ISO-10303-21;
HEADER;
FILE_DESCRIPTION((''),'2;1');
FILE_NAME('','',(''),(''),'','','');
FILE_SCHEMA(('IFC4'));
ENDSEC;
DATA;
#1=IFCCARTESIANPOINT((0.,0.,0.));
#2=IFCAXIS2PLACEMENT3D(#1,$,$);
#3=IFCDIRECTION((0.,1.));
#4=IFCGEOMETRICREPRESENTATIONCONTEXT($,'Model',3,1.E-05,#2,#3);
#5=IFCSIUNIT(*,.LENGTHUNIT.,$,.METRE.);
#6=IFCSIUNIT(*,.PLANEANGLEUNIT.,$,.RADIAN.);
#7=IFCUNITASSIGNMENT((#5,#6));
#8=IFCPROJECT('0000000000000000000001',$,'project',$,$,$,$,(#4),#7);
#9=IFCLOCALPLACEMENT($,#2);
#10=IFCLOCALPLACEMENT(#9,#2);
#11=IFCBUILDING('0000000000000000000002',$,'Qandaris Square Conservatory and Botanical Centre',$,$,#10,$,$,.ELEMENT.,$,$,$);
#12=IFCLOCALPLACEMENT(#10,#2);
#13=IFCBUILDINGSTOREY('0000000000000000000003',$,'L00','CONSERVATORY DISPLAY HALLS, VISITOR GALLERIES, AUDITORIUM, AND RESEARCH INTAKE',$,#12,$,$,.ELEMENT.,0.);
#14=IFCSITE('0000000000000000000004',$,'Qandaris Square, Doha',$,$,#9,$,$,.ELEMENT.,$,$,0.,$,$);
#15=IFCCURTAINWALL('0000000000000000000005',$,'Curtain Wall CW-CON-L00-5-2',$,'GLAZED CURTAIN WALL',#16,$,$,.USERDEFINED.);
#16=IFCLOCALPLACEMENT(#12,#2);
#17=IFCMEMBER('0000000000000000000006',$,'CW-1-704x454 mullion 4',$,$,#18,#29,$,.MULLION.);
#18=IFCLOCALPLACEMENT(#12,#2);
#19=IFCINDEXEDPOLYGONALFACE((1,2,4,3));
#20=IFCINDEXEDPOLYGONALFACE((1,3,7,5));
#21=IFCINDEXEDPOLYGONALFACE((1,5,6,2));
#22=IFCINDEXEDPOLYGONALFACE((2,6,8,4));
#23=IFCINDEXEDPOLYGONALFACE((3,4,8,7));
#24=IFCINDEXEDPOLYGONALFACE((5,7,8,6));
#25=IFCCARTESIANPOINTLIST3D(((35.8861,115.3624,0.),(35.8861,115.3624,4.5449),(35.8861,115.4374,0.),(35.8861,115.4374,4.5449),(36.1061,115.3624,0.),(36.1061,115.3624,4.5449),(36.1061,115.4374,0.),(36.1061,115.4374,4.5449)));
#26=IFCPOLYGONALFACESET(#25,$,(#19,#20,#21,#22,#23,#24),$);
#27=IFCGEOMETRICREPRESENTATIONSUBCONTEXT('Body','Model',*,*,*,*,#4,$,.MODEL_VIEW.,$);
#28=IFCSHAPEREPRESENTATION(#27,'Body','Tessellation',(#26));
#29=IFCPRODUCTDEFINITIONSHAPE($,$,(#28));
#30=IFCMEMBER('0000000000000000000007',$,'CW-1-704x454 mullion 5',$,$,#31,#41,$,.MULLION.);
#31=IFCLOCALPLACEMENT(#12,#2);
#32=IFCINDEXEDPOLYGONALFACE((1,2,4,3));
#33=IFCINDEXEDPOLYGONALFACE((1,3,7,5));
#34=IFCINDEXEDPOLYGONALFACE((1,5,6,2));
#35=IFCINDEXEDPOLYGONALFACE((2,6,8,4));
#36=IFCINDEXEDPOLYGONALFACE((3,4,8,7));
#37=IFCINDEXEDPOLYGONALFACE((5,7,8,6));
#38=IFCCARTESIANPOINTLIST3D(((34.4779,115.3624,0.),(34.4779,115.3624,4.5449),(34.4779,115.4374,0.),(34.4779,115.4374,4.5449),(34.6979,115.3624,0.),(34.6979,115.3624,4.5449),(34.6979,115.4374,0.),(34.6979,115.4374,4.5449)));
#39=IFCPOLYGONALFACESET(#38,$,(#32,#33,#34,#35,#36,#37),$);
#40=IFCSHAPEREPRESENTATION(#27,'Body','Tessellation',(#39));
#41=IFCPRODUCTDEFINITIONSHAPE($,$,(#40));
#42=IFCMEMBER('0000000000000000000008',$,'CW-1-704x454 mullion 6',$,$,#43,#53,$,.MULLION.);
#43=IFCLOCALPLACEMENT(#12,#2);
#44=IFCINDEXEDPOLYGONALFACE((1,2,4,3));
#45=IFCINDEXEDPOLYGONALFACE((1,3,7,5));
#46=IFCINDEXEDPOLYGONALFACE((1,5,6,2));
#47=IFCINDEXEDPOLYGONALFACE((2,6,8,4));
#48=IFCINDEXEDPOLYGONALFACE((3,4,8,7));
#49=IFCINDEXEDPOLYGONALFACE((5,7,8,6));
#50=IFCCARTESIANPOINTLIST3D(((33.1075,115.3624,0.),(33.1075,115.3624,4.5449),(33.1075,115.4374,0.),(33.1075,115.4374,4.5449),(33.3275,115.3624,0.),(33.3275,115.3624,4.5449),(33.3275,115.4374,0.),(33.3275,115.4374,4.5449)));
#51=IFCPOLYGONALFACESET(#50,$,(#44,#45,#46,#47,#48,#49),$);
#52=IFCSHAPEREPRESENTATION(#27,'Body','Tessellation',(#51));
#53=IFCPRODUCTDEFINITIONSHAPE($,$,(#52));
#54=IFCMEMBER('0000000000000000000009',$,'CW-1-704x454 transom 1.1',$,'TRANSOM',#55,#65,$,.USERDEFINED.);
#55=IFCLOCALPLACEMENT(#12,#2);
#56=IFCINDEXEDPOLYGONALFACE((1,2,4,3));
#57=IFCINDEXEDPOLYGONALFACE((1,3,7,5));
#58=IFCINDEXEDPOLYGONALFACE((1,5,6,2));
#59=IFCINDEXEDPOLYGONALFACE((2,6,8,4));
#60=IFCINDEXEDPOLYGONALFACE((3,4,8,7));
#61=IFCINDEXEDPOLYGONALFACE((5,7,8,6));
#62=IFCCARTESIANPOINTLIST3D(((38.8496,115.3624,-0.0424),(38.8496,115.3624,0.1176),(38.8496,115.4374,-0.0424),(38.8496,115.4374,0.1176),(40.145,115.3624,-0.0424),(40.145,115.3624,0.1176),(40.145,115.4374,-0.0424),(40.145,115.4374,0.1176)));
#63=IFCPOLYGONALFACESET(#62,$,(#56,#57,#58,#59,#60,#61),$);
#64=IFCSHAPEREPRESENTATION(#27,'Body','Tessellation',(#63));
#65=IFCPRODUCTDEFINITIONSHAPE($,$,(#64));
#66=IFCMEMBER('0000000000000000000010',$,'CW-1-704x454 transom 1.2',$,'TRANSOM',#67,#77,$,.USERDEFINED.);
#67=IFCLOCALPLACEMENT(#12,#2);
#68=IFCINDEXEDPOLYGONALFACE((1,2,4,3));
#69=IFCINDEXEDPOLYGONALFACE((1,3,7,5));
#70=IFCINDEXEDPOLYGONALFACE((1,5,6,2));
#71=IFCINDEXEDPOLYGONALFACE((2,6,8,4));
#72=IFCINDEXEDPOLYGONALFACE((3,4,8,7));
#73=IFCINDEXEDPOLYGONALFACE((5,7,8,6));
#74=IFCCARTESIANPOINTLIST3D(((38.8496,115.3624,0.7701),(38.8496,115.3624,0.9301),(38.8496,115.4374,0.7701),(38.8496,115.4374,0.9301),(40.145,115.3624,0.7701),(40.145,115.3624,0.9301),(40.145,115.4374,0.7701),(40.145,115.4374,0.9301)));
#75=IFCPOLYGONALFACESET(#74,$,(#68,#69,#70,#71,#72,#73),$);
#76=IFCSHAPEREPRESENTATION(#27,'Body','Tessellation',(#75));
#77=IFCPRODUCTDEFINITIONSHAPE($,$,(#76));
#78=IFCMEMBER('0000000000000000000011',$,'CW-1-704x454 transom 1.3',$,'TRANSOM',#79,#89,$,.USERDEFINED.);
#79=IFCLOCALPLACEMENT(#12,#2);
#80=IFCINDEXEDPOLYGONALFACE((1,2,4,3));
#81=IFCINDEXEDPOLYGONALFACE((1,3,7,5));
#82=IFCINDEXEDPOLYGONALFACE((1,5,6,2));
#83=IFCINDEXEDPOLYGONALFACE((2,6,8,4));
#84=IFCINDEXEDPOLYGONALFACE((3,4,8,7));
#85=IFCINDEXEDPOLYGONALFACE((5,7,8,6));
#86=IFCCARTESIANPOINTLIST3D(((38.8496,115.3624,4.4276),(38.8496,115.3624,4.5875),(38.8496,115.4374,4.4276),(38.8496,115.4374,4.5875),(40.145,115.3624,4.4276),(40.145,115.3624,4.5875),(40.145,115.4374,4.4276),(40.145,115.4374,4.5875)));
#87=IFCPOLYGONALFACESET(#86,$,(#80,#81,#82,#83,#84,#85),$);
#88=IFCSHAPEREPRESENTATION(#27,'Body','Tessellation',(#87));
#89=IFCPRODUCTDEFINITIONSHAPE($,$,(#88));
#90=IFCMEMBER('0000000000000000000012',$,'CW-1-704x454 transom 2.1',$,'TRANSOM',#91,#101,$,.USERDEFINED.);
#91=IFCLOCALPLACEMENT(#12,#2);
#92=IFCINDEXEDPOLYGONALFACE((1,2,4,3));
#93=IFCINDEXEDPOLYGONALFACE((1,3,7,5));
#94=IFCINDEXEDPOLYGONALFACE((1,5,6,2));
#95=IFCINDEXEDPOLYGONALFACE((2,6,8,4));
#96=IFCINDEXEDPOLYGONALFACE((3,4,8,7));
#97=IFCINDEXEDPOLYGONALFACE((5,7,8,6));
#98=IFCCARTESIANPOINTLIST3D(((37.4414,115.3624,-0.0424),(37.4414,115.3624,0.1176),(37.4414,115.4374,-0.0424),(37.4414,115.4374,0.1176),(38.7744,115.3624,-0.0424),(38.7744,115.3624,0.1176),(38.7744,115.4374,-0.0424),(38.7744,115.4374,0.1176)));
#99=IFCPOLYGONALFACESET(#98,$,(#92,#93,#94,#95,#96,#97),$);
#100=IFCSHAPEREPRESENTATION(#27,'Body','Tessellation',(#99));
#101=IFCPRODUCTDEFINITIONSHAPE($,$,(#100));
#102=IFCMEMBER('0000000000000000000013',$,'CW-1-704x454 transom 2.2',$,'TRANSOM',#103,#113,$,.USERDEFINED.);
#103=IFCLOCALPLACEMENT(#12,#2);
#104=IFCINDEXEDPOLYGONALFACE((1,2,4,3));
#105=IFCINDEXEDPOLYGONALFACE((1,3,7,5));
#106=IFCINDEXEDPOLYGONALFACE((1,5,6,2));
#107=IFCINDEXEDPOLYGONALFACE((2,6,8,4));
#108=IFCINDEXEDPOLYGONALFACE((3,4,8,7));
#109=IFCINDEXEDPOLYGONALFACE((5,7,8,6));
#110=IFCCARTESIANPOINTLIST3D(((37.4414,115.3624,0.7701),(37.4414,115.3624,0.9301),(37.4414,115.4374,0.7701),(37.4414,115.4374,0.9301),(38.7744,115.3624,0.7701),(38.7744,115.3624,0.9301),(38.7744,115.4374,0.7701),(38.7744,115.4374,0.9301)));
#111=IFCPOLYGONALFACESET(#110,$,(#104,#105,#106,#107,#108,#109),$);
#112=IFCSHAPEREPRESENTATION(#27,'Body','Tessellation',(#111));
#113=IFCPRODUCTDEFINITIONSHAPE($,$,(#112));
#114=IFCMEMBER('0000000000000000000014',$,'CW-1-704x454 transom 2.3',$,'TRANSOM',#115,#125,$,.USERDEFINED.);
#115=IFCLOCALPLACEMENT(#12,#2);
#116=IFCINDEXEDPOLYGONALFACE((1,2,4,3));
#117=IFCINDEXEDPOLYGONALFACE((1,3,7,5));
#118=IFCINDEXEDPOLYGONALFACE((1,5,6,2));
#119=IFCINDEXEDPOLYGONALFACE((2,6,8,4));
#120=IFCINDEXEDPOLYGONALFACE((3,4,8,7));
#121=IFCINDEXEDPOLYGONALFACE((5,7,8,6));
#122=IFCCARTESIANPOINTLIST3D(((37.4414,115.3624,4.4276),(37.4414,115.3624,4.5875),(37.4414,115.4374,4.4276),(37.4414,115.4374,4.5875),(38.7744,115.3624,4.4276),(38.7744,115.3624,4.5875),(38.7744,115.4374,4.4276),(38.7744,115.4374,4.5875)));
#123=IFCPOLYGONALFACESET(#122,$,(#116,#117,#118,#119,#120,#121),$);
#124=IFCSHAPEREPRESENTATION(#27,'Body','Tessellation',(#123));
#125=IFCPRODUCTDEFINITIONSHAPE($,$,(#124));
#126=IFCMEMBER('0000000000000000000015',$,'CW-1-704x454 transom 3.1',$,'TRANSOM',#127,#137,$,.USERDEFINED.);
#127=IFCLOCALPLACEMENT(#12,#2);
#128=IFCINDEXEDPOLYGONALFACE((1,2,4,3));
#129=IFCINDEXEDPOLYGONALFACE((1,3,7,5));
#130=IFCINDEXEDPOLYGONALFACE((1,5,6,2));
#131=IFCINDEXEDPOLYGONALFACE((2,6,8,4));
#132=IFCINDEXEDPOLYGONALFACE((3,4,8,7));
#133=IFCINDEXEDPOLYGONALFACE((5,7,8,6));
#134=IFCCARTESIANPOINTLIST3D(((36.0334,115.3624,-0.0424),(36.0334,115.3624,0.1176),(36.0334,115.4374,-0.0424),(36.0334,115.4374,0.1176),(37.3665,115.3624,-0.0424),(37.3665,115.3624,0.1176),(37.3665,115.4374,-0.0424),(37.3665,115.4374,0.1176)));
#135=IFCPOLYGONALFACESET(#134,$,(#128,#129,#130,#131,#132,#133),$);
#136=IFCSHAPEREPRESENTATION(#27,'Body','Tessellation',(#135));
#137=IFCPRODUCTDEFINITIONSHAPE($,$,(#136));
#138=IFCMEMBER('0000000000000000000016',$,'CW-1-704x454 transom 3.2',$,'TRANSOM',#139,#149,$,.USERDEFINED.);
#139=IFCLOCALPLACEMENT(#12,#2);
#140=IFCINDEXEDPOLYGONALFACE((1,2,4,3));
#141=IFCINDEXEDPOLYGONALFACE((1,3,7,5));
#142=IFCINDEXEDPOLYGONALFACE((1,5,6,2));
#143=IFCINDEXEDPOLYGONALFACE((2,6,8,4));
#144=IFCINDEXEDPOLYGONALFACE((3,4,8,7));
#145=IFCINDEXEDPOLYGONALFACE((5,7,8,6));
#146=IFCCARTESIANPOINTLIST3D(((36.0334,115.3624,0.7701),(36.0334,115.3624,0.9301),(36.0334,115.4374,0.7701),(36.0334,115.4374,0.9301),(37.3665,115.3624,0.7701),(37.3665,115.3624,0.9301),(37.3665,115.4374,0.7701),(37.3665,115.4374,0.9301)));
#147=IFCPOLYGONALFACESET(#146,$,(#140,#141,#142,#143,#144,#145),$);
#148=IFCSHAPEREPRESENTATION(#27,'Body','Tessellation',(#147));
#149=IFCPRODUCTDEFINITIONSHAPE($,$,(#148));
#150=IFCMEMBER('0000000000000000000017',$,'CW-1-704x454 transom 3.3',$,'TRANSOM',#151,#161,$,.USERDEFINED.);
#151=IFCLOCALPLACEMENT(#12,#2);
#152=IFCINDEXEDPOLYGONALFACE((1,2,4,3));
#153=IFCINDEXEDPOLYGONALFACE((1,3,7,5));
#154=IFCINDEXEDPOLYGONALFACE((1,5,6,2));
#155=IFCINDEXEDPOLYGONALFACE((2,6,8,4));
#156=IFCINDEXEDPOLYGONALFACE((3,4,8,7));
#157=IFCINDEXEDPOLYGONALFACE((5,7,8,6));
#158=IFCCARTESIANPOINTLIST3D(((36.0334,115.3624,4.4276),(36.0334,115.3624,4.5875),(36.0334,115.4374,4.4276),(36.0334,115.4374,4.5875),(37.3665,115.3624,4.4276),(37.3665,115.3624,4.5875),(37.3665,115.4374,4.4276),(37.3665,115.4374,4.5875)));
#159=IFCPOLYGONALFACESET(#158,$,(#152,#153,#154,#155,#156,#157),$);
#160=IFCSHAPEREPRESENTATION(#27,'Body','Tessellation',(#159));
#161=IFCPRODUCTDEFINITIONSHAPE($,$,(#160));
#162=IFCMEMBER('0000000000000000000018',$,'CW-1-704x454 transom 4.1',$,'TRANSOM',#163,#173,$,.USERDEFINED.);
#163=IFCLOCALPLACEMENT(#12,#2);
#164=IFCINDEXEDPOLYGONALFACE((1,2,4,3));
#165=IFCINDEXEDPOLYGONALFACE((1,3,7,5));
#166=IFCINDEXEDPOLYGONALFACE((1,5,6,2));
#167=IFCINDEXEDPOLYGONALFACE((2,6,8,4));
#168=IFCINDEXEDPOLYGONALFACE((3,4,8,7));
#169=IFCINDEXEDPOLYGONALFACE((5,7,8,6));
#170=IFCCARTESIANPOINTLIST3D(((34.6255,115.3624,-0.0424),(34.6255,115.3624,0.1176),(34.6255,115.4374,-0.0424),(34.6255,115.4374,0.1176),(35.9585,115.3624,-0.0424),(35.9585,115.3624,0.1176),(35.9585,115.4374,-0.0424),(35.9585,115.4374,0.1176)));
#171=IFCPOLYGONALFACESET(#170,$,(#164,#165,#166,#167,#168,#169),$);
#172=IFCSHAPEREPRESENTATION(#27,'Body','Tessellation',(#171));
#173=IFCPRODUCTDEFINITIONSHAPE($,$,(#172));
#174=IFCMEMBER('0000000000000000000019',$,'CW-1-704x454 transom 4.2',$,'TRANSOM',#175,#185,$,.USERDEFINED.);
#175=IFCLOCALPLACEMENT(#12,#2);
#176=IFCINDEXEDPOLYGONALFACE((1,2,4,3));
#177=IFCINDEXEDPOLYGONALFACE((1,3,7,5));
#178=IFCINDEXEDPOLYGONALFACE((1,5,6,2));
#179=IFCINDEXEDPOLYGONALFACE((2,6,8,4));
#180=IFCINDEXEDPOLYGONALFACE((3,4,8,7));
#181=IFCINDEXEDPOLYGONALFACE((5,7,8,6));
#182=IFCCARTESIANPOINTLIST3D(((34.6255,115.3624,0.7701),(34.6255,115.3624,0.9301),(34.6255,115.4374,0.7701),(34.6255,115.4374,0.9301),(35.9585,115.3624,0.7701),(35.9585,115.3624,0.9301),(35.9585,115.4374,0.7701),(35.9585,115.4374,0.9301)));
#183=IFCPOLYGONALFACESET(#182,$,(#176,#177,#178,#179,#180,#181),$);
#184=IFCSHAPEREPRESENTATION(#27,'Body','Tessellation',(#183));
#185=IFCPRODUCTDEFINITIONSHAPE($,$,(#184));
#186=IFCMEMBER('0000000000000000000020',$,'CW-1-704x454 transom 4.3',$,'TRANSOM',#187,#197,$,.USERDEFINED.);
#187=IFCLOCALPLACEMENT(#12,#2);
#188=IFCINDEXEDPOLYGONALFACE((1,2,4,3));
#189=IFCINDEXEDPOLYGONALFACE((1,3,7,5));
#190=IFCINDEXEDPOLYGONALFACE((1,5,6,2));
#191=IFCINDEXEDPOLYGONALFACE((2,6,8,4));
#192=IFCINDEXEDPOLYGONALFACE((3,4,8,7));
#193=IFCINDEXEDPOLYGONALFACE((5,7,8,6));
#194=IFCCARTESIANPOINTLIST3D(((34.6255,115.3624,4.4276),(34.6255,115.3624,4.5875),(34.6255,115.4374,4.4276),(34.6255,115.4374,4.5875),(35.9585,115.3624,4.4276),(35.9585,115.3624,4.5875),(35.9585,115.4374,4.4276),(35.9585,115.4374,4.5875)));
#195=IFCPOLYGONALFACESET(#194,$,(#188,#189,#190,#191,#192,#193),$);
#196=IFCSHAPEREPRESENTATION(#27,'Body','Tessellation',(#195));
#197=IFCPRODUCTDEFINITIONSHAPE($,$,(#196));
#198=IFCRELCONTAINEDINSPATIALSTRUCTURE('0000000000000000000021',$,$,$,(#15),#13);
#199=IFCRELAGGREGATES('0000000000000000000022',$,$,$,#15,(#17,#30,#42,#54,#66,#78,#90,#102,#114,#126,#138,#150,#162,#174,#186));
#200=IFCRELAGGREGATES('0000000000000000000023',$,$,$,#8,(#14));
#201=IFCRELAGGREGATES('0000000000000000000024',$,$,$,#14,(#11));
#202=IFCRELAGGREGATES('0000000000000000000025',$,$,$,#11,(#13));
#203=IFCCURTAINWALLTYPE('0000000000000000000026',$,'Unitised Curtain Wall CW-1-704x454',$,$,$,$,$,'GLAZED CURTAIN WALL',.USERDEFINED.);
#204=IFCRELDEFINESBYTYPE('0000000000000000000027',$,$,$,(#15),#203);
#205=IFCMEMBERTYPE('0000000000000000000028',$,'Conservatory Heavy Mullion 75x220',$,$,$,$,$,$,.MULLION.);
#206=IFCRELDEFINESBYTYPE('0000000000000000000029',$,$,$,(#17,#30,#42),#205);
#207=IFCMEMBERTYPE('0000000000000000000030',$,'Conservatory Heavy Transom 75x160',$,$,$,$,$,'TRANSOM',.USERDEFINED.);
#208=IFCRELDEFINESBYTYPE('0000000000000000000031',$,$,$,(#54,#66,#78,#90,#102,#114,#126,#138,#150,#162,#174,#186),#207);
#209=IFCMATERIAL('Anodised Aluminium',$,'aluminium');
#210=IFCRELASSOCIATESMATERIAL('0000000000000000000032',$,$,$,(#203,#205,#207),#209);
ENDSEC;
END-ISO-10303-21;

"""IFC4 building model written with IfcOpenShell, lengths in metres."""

from ifc_helpers import new_model, si_unit, direction, frame, origin, origin_2d, place, context, subcontext, project, spatial, rectangle, extrude, material, material_profile, profile_set, type_object, element, aggregate, save


model = new_model("IFC4")

# Units and contexts
model_context = context("Model", 3, precision=1e-05, world=origin(), true_north=direction((0.0, 1.0)))
body_context = subcontext(model_context, "Body", "Model", "MODEL_VIEW")
ifc_project = project(units=[si_unit("LENGTHUNIT", "METRE"), si_unit("PLANEANGLEUNIT", "RADIAN")], contexts=[model_context])

# Site, building, storey
site_placement = place(None, origin())
site = spatial("IfcSite", under=ifc_project, at=site_placement, Name="Qandaris Square, Doha", CompositionType="ELEMENT", RefElevation=0.0)
building_placement = place(site_placement, origin())
building = spatial("IfcBuilding", under=site, at=building_placement, Name="Qandaris Square Conservatory and Botanical Centre", CompositionType="ELEMENT")
storey_placement = place(building_placement, origin())
storey = spatial("IfcBuildingStorey", under=building, at=storey_placement, Name="L00", Description="CONSERVATORY DISPLAY HALLS, VISITOR GALLERIES, AUDITORIUM, AND RESEARCH INTAKE", CompositionType="ELEMENT", Elevation=0.0)

# Curtain wall, members
ifc_material_1 = material(Name="Anodised Aluminium", Category="aluminium")
curtain_wall_type = type_object("IfcCurtainWallType", Name="Unitised Curtain Wall CW-1-704x454", ElementType="GLAZED CURTAIN WALL", PredefinedType="USERDEFINED", material=ifc_material_1)
curtain_wall_placement = place(storey_placement, origin())
curtain_wall = element("IfcCurtainWall", 1, at=curtain_wall_placement, inside=storey, type_object=curtain_wall_type, Name="Curtain Wall CW-CON-L00-5-2", ObjectType="GLAZED CURTAIN WALL", PredefinedType="USERDEFINED")
ifc_material_profile_1 = material_profile(ifc_material_1, rectangle(XDim=0.075, YDim=0.22, at=origin_2d()), Name="ALU-MUL 75x220")
ifc_profile_set_1 = profile_set([ifc_material_profile_1], Name="Anodised Aluminium")
member_type_1 = type_object("IfcMemberType", Name="Conservatory Heavy Mullion 75x220", PredefinedType="MULLION", material=ifc_profile_set_1)
member_1_placement = place(storey_placement, frame((35.9961, 115.3999, 0.0), z_axis=(0.0, 0.0, 1.0), x_axis=(0.0, -1.0, 0.0)))
member_1 = element("IfcMember", 2, at=member_1_placement, type_object=member_type_1, Name="CW-1-704x454 mullion 4", PredefinedType="MULLION", context=body_context, shape_type="SweptSolid", body=[
    extrude(rectangle(XDim=0.075, YDim=0.22, at=origin_2d()), origin(), (0.0, 0.0, 1.0), 4.5449),
])
member_2_placement = place(storey_placement, frame((34.5879, 115.3999, 0.0), z_axis=(0.0, 0.0, 1.0), x_axis=(0.0, -1.0, 0.0)))
member_2 = element("IfcMember", 3, at=member_2_placement, type_object=member_type_1, Name="CW-1-704x454 mullion 5", PredefinedType="MULLION", context=body_context, shape_type="SweptSolid", body=[
    extrude(rectangle(XDim=0.075, YDim=0.22, at=origin_2d()), origin(), (0.0, 0.0, 1.0), 4.5449),
])
member_3_placement = place(storey_placement, frame((33.2175, 115.3999, 0.0), z_axis=(0.0, 0.0, 1.0), x_axis=(0.0, -1.0, 0.0)))
member_3 = element("IfcMember", 4, at=member_3_placement, type_object=member_type_1, Name="CW-1-704x454 mullion 6", PredefinedType="MULLION", context=body_context, shape_type="SweptSolid", body=[
    extrude(rectangle(XDim=0.075, YDim=0.22, at=origin_2d()), origin(), (0.0, 0.0, 1.0), 4.5449),
])
ifc_material_profile_2 = material_profile(ifc_material_1, rectangle(XDim=0.075, YDim=0.1599, at=origin_2d()), Name="ALU-TRN 75x160")
ifc_profile_set_2 = profile_set([ifc_material_profile_2], Name="Anodised Aluminium")
member_type_2 = type_object("IfcMemberType", Name="Conservatory Heavy Transom 75x160", ElementType="TRANSOM", PredefinedType="USERDEFINED", material=ifc_profile_set_2)
member_4_placement = place(storey_placement, frame((40.145, 115.3999, 0.0376), z_axis=(-1.0, 0.0, 0.0), x_axis=(0.0, -1.0, 0.0)))
member_4 = element("IfcMember", 5, at=member_4_placement, type_object=member_type_2, Name="CW-1-704x454 transom 1.1", ObjectType="TRANSOM", PredefinedType="USERDEFINED", context=body_context, shape_type="SweptSolid", body=[
    extrude(rectangle(XDim=0.075, YDim=0.1599, at=origin_2d()), origin(), (0.0, 0.0, 1.0), 1.2954),
])
member_5_placement = place(storey_placement, frame((40.145, 115.3999, 0.8501), z_axis=(-1.0, 0.0, 0.0), x_axis=(0.0, -1.0, 0.0)))
member_5 = element("IfcMember", 6, at=member_5_placement, type_object=member_type_2, Name="CW-1-704x454 transom 1.2", ObjectType="TRANSOM", PredefinedType="USERDEFINED", context=body_context, shape_type="SweptSolid", body=[
    extrude(rectangle(XDim=0.075, YDim=0.1599, at=origin_2d()), origin(), (0.0, 0.0, 1.0), 1.2954),
])
member_6_placement = place(storey_placement, frame((40.145, 115.3999, 4.5076), z_axis=(-1.0, 0.0, 0.0), x_axis=(0.0, -1.0, 0.0)))
member_6 = element("IfcMember", 7, at=member_6_placement, type_object=member_type_2, Name="CW-1-704x454 transom 1.3", ObjectType="TRANSOM", PredefinedType="USERDEFINED", context=body_context, shape_type="SweptSolid", body=[
    extrude(rectangle(XDim=0.075, YDim=0.1599, at=origin_2d()), origin(), (0.0, 0.0, 1.0), 1.2954),
])
member_7_placement = place(storey_placement, frame((38.7744, 115.3999, 0.0376), z_axis=(-1.0, 0.0, 0.0), x_axis=(0.0, -1.0, 0.0)))
member_7 = element("IfcMember", 8, at=member_7_placement, type_object=member_type_2, Name="CW-1-704x454 transom 2.1", ObjectType="TRANSOM", PredefinedType="USERDEFINED", context=body_context, shape_type="SweptSolid", body=[
    extrude(rectangle(XDim=0.075, YDim=0.1599, at=origin_2d()), origin(), (0.0, 0.0, 1.0), 1.333),
])
member_8_placement = place(storey_placement, frame((38.7744, 115.3999, 0.8501), z_axis=(-1.0, 0.0, 0.0), x_axis=(0.0, -1.0, 0.0)))
member_8 = element("IfcMember", 9, at=member_8_placement, type_object=member_type_2, Name="CW-1-704x454 transom 2.2", ObjectType="TRANSOM", PredefinedType="USERDEFINED", context=body_context, shape_type="SweptSolid", body=[
    extrude(rectangle(XDim=0.075, YDim=0.1599, at=origin_2d()), origin(), (0.0, 0.0, 1.0), 1.333),
])
member_9_placement = place(storey_placement, frame((38.7744, 115.3999, 4.5076), z_axis=(-1.0, 0.0, 0.0), x_axis=(0.0, -1.0, 0.0)))
member_9 = element("IfcMember", 10, at=member_9_placement, type_object=member_type_2, Name="CW-1-704x454 transom 2.3", ObjectType="TRANSOM", PredefinedType="USERDEFINED", context=body_context, shape_type="SweptSolid", body=[
    extrude(rectangle(XDim=0.075, YDim=0.1599, at=origin_2d()), origin(), (0.0, 0.0, 1.0), 1.333),
])
member_10_placement = place(storey_placement, frame((37.3665, 115.3999, 0.0376), z_axis=(-1.0, 0.0, 0.0), x_axis=(0.0, -1.0, 0.0)))
member_10 = element("IfcMember", 11, at=member_10_placement, type_object=member_type_2, Name="CW-1-704x454 transom 3.1", ObjectType="TRANSOM", PredefinedType="USERDEFINED", context=body_context, shape_type="SweptSolid", body=[
    extrude(rectangle(XDim=0.075, YDim=0.1599, at=origin_2d()), origin(), (0.0, 0.0, 1.0), 1.333),
])
member_11_placement = place(storey_placement, frame((37.3665, 115.3999, 0.8501), z_axis=(-1.0, 0.0, 0.0), x_axis=(0.0, -1.0, 0.0)))
member_11 = element("IfcMember", 12, at=member_11_placement, type_object=member_type_2, Name="CW-1-704x454 transom 3.2", ObjectType="TRANSOM", PredefinedType="USERDEFINED", context=body_context, shape_type="SweptSolid", body=[
    extrude(rectangle(XDim=0.075, YDim=0.1599, at=origin_2d()), origin(), (0.0, 0.0, 1.0), 1.333),
])
member_12_placement = place(storey_placement, frame((37.3665, 115.3999, 4.5076), z_axis=(-1.0, 0.0, 0.0), x_axis=(0.0, -1.0, 0.0)))
member_12 = element("IfcMember", 13, at=member_12_placement, type_object=member_type_2, Name="CW-1-704x454 transom 3.3", ObjectType="TRANSOM", PredefinedType="USERDEFINED", context=body_context, shape_type="SweptSolid", body=[
    extrude(rectangle(XDim=0.075, YDim=0.1599, at=origin_2d()), origin(), (0.0, 0.0, 1.0), 1.333),
])
member_13_placement = place(storey_placement, frame((35.9585, 115.3999, 0.0376), z_axis=(-1.0, 0.0, 0.0), x_axis=(0.0, -1.0, 0.0)))
member_13 = element("IfcMember", 14, at=member_13_placement, type_object=member_type_2, Name="CW-1-704x454 transom 4.1", ObjectType="TRANSOM", PredefinedType="USERDEFINED", context=body_context, shape_type="SweptSolid", body=[
    extrude(rectangle(XDim=0.075, YDim=0.1599, at=origin_2d()), origin(), (0.0, 0.0, 1.0), 1.333),
])
member_14_placement = place(storey_placement, frame((35.9585, 115.3999, 0.8501), z_axis=(-1.0, 0.0, 0.0), x_axis=(0.0, -1.0, 0.0)))
member_14 = element("IfcMember", 15, at=member_14_placement, type_object=member_type_2, Name="CW-1-704x454 transom 4.2", ObjectType="TRANSOM", PredefinedType="USERDEFINED", context=body_context, shape_type="SweptSolid", body=[
    extrude(rectangle(XDim=0.075, YDim=0.1599, at=origin_2d()), origin(), (0.0, 0.0, 1.0), 1.333),
])
member_15_placement = place(storey_placement, frame((35.9585, 115.3999, 4.5076), z_axis=(-1.0, 0.0, 0.0), x_axis=(0.0, -1.0, 0.0)))
member_15 = element("IfcMember", 16, at=member_15_placement, type_object=member_type_2, Name="CW-1-704x454 transom 4.3", ObjectType="TRANSOM", PredefinedType="USERDEFINED", context=body_context, shape_type="SweptSolid", body=[
    extrude(rectangle(XDim=0.075, YDim=0.1599, at=origin_2d()), origin(), (0.0, 0.0, 1.0), 1.333),
])

aggregate(curtain_wall, [member_1, member_2, member_3, member_4, member_5, member_6, member_7, member_8, member_9, member_10, member_11, member_12, member_13, member_14, member_15])

save(model, "model.ifc")
